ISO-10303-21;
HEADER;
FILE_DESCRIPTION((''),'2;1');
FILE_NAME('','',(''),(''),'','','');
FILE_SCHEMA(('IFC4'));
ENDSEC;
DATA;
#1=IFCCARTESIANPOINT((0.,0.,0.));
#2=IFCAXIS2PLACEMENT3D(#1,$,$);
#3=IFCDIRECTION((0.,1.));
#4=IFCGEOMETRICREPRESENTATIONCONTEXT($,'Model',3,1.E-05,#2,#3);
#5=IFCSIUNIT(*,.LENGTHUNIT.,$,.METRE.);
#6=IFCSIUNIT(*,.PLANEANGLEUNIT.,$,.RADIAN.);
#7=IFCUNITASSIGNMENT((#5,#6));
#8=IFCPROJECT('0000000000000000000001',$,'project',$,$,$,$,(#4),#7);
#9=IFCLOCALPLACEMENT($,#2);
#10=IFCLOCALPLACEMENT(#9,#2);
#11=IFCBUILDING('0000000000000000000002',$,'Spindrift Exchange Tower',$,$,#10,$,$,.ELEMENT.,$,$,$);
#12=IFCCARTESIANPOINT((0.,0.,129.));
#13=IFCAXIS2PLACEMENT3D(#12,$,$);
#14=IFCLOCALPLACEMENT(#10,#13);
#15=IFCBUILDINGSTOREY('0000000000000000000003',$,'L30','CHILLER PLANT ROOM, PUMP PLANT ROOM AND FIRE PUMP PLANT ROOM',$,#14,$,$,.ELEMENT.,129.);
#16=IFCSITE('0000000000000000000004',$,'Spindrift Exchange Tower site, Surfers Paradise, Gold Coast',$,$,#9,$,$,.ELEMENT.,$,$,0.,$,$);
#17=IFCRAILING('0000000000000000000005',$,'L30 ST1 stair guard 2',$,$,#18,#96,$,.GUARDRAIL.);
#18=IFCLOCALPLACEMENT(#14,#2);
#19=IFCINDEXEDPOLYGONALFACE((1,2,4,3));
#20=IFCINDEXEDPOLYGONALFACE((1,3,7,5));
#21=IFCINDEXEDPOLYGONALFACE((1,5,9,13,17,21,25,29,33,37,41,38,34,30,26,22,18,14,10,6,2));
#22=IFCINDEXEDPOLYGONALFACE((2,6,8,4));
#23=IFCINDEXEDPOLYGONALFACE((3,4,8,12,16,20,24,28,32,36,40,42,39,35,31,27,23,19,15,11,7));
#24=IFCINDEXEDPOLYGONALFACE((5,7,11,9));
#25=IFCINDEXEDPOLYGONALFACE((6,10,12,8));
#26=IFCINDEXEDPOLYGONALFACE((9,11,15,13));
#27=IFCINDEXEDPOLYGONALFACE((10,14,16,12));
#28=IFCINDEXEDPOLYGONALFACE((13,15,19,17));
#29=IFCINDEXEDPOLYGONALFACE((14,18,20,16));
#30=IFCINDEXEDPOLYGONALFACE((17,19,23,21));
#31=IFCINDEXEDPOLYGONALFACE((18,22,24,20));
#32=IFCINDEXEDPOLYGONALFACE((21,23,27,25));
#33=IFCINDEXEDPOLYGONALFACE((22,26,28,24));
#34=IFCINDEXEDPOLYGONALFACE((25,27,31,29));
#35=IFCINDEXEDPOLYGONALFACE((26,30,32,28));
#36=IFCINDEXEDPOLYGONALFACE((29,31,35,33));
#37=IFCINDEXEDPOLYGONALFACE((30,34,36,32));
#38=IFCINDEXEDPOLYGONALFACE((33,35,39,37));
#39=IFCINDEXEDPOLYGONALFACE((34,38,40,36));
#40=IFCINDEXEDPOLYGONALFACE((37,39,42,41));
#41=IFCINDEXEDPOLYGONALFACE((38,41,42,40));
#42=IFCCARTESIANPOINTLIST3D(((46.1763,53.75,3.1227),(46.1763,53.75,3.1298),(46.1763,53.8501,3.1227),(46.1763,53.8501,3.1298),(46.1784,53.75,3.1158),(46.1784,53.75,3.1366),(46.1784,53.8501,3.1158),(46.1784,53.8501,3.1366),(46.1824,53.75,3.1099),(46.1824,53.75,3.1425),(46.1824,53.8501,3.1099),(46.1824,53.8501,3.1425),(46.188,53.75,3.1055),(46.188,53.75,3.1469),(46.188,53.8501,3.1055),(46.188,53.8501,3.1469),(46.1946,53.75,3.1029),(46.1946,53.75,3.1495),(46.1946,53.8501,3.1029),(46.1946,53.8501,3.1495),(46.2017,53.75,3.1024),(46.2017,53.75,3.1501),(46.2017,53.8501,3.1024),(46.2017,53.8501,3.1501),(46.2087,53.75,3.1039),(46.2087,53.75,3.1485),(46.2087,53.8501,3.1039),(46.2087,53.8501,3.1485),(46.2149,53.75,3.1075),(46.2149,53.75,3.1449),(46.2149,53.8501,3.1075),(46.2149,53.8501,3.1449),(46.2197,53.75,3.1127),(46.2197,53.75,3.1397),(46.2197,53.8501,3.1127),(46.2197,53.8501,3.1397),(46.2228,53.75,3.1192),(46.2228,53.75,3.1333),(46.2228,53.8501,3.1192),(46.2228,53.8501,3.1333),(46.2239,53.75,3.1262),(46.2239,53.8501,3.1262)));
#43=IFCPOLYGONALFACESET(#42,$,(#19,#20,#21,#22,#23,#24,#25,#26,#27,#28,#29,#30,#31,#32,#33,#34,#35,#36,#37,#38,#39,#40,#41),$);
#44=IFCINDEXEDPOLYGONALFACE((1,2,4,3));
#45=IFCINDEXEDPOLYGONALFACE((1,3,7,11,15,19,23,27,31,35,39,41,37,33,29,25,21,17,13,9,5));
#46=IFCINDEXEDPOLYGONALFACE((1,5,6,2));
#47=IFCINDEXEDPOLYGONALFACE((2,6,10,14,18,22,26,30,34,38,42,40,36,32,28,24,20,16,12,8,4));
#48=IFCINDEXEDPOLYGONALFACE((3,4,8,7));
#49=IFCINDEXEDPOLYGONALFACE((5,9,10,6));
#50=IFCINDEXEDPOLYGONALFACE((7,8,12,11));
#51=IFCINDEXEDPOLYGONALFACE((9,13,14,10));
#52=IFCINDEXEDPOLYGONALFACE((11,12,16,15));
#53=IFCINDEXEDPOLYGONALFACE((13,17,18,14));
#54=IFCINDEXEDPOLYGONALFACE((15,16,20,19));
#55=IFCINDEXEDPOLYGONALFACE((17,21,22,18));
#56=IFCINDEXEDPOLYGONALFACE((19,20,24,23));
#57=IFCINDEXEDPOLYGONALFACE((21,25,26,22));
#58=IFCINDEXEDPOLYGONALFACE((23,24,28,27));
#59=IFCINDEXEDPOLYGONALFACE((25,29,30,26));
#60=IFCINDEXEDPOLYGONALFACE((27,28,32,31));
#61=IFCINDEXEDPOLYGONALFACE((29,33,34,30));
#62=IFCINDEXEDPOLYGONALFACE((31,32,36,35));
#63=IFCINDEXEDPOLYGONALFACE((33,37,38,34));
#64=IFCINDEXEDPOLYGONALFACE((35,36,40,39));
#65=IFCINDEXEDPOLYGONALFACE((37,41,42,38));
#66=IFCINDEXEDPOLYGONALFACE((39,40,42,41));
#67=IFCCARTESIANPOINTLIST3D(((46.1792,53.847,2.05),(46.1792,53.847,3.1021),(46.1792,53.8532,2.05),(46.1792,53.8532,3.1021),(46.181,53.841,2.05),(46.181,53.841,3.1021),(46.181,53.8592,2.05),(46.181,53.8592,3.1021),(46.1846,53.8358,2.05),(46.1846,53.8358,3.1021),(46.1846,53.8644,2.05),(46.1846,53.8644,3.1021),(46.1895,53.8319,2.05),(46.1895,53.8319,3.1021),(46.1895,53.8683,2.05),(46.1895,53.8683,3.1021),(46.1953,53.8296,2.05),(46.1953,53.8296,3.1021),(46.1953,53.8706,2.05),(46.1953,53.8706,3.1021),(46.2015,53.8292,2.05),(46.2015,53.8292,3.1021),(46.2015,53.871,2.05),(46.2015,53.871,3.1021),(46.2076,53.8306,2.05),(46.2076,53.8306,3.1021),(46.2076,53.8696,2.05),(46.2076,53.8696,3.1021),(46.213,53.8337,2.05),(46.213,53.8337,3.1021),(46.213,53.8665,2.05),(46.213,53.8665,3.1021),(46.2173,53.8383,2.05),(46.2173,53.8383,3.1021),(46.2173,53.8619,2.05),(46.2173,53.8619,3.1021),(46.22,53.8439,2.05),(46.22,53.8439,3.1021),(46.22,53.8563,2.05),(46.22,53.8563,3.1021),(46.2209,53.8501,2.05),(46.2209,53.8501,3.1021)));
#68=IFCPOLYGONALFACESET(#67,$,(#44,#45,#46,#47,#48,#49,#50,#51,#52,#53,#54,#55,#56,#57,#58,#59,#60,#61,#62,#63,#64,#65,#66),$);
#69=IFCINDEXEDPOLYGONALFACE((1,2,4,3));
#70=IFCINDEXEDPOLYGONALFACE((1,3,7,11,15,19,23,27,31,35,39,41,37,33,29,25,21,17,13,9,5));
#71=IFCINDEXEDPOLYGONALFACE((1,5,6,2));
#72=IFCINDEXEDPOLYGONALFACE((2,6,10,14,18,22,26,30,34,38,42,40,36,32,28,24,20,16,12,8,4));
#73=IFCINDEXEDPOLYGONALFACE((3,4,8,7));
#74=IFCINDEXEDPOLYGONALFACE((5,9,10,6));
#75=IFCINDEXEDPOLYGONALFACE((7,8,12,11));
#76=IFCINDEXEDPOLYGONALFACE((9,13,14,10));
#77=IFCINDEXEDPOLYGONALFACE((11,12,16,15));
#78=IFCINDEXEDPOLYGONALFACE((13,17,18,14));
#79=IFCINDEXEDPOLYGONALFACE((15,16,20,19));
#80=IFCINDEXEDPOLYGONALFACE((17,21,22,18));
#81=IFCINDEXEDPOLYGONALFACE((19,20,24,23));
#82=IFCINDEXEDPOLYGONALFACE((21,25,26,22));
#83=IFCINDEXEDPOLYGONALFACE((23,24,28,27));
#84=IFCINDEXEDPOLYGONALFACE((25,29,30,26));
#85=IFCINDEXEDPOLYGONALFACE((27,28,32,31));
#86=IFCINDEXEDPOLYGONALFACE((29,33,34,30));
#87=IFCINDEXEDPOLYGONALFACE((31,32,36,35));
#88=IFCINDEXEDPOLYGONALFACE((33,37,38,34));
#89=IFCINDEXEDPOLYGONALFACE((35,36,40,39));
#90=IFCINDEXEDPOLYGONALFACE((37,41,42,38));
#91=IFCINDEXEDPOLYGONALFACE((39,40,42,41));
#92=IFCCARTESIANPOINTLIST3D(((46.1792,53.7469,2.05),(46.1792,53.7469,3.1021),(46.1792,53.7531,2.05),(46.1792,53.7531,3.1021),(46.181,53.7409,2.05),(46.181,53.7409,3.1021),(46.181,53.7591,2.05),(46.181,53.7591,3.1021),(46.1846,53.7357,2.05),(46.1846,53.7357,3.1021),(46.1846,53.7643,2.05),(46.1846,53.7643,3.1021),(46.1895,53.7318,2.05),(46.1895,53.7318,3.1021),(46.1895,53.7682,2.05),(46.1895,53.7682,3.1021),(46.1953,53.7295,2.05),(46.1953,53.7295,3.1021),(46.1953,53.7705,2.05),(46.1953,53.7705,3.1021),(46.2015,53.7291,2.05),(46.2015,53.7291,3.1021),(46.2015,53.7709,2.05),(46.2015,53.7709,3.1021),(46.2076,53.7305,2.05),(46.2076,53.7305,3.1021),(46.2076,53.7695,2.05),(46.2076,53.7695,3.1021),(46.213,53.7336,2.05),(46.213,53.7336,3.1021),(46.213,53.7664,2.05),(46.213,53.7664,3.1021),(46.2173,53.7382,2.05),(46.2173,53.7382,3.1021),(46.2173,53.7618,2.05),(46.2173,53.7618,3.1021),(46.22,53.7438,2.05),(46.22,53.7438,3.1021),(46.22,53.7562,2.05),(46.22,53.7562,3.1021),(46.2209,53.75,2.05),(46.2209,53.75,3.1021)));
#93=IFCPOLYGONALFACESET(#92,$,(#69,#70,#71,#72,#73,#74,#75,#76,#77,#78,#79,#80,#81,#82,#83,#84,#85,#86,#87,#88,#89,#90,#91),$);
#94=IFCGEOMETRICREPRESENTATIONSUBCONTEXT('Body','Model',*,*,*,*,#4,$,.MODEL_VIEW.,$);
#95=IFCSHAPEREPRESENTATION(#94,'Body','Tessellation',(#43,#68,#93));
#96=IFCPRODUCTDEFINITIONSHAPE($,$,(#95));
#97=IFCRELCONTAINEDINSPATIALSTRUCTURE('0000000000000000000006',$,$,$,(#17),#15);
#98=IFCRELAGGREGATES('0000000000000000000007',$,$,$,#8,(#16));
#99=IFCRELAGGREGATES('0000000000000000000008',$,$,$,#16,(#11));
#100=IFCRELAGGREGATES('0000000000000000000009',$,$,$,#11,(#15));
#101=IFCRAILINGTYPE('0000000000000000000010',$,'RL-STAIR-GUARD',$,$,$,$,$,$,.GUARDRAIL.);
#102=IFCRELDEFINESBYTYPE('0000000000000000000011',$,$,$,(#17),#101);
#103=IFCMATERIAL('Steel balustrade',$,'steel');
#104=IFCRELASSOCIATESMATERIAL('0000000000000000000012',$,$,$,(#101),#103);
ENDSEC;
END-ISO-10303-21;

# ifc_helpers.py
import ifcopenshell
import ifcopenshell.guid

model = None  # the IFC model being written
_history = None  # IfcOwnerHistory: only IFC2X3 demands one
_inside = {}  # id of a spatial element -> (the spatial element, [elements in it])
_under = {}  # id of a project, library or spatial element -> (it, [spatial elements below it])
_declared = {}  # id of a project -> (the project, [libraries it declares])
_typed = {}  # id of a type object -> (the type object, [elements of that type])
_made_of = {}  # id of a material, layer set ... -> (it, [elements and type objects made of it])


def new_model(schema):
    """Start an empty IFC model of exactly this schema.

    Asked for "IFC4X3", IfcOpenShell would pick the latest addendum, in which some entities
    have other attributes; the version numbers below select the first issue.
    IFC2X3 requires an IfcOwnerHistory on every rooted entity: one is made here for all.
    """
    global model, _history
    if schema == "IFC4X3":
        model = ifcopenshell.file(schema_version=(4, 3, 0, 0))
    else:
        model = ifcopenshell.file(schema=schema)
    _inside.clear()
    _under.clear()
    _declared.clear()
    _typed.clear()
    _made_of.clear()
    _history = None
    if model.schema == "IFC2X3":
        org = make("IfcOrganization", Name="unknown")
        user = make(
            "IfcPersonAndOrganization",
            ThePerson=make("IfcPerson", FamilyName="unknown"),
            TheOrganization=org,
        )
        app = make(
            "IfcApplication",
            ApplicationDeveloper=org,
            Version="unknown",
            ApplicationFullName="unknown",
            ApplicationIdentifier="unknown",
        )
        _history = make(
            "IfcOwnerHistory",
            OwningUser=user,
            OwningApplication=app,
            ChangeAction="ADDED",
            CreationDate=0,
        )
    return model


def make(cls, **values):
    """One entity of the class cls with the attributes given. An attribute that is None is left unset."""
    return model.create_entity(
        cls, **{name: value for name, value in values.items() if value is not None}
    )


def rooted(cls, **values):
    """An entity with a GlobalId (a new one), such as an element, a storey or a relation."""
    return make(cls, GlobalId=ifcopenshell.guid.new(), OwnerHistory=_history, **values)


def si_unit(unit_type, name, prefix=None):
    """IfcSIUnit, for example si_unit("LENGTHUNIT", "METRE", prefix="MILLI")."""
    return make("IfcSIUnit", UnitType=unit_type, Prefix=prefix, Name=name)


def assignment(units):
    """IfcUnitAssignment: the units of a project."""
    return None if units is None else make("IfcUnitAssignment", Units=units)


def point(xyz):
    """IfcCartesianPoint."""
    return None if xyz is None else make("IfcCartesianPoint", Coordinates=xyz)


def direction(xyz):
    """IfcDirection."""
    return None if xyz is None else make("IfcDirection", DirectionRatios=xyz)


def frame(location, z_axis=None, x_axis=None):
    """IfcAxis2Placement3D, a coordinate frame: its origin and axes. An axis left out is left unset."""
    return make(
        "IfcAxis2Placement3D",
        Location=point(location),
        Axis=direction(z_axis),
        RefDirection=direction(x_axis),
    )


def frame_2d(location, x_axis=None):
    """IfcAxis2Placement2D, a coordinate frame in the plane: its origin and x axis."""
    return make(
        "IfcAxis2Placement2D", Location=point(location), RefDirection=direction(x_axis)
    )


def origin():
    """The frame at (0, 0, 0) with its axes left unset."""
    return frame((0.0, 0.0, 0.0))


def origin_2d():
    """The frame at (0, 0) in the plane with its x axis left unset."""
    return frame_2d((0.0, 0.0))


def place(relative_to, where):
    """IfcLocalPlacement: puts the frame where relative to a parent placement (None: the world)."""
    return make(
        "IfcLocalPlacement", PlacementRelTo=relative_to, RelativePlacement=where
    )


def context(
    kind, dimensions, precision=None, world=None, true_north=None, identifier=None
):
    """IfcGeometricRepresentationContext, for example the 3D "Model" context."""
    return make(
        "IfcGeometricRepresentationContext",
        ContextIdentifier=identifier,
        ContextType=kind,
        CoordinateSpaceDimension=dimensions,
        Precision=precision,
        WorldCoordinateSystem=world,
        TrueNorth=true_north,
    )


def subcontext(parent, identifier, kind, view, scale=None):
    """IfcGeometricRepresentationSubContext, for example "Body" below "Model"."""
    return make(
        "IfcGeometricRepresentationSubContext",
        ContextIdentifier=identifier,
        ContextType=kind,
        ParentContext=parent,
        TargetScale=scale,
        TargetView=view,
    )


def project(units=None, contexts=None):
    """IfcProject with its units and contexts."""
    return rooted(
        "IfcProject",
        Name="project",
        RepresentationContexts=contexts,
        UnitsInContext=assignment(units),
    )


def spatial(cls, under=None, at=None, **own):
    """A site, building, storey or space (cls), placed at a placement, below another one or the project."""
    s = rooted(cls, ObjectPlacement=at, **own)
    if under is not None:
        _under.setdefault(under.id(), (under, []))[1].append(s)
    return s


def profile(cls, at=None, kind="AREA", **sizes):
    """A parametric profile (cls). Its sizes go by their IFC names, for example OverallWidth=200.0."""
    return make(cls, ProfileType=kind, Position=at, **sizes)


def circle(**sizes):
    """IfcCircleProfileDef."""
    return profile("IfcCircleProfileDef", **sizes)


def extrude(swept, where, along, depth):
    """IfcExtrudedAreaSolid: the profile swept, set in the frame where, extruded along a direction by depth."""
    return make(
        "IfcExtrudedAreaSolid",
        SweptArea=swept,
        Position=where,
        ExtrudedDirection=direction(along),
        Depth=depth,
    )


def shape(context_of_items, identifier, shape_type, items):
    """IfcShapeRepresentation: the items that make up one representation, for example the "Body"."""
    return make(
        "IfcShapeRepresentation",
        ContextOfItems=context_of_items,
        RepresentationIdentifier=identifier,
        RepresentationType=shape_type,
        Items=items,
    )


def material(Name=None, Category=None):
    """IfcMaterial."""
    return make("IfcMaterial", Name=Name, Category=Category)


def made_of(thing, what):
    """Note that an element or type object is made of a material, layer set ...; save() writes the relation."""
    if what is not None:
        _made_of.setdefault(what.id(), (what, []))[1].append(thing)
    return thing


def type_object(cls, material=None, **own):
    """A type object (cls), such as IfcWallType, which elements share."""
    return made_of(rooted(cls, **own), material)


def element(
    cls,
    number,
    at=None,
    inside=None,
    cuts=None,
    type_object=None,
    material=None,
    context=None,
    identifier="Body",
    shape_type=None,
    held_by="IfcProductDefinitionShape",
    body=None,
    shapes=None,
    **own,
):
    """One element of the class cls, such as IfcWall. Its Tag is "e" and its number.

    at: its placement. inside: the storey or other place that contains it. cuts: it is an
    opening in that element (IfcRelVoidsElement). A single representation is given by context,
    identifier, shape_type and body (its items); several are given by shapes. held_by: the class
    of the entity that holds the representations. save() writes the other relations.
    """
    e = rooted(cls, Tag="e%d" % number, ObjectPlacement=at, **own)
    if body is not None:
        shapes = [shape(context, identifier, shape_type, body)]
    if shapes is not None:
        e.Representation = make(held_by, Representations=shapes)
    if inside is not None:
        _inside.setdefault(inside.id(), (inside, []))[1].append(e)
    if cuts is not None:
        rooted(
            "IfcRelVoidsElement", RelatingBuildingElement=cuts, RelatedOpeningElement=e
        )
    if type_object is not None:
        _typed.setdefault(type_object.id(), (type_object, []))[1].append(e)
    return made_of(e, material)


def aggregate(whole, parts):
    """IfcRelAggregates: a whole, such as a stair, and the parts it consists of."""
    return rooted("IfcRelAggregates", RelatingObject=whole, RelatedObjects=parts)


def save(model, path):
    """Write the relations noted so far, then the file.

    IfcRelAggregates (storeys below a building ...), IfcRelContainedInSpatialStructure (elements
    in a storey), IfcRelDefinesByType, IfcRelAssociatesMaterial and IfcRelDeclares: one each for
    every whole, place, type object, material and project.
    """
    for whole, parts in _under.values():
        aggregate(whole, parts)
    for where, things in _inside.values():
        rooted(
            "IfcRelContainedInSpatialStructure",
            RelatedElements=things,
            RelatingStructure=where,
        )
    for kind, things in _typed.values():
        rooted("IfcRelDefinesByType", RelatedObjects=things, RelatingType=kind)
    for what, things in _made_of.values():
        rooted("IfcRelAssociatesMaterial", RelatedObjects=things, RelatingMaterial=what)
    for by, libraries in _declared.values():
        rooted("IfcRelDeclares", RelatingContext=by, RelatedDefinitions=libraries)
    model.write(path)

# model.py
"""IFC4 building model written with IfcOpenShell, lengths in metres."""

from ifc_helpers import new_model, si_unit, direction, frame, origin, origin_2d, place, context, subcontext, project, spatial, circle, extrude, material, type_object, element, save


model = new_model("IFC4")

# Units and contexts
model_context = context("Model", 3, precision=1e-05, world=origin(), true_north=direction((0.0, 1.0)))
body_context = subcontext(model_context, "Body", "Model", "MODEL_VIEW")
ifc_project = project(units=[si_unit("LENGTHUNIT", "METRE"), si_unit("PLANEANGLEUNIT", "RADIAN")], contexts=[model_context])

# Site, building, storey
site_placement = place(None, origin())
site = spatial("IfcSite", under=ifc_project, at=site_placement, Name="Spindrift Exchange Tower site, Surfers Paradise, Gold Coast", CompositionType="ELEMENT", RefElevation=0.0)
building_placement = place(site_placement, origin())
building = spatial("IfcBuilding", under=site, at=building_placement, Name="Spindrift Exchange Tower", CompositionType="ELEMENT")
storey_placement = place(building_placement, frame((0.0, 0.0, 129.0)))
storey = spatial("IfcBuildingStorey", under=building, at=storey_placement, Name="L30", Description="CHILLER PLANT ROOM, PUMP PLANT ROOM AND FIRE PUMP PLANT ROOM", CompositionType="ELEMENT", Elevation=129.0)

# Railing
ifc_material_1 = material(Name="Steel balustrade", Category="steel")
railing_type_1 = type_object("IfcRailingType", Name="RL-STAIR-GUARD", PredefinedType="GUARDRAIL", material=ifc_material_1)
railing_1_placement = place(storey_placement, frame((46.2, 53.8501, 2.05)))
element("IfcRailing", 1, at=railing_1_placement, inside=storey, type_object=railing_type_1, Name="L30 ST1 stair guard 2", PredefinedType="GUARDRAIL", context=body_context, shape_type="SweptSolid", body=[
    extrude(circle(Radius=0.0239, at=origin_2d()), frame((0.0, 0.0, 1.0762), z_axis=(0.0, -1.0, 0.0), x_axis=(1.0, 0.0, 0.0)), (0.0, 0.0, 1.0), 0.1001),
    extrude(circle(Radius=0.021, at=origin_2d()), origin(), (0.0, 0.0, 1.0), 1.052),
    extrude(circle(Radius=0.021, at=origin_2d()), frame((0.0, -0.1001, 0.0)), (0.0, 0.0, 1.0), 1.052),
])

save(model, "model.ifc")
